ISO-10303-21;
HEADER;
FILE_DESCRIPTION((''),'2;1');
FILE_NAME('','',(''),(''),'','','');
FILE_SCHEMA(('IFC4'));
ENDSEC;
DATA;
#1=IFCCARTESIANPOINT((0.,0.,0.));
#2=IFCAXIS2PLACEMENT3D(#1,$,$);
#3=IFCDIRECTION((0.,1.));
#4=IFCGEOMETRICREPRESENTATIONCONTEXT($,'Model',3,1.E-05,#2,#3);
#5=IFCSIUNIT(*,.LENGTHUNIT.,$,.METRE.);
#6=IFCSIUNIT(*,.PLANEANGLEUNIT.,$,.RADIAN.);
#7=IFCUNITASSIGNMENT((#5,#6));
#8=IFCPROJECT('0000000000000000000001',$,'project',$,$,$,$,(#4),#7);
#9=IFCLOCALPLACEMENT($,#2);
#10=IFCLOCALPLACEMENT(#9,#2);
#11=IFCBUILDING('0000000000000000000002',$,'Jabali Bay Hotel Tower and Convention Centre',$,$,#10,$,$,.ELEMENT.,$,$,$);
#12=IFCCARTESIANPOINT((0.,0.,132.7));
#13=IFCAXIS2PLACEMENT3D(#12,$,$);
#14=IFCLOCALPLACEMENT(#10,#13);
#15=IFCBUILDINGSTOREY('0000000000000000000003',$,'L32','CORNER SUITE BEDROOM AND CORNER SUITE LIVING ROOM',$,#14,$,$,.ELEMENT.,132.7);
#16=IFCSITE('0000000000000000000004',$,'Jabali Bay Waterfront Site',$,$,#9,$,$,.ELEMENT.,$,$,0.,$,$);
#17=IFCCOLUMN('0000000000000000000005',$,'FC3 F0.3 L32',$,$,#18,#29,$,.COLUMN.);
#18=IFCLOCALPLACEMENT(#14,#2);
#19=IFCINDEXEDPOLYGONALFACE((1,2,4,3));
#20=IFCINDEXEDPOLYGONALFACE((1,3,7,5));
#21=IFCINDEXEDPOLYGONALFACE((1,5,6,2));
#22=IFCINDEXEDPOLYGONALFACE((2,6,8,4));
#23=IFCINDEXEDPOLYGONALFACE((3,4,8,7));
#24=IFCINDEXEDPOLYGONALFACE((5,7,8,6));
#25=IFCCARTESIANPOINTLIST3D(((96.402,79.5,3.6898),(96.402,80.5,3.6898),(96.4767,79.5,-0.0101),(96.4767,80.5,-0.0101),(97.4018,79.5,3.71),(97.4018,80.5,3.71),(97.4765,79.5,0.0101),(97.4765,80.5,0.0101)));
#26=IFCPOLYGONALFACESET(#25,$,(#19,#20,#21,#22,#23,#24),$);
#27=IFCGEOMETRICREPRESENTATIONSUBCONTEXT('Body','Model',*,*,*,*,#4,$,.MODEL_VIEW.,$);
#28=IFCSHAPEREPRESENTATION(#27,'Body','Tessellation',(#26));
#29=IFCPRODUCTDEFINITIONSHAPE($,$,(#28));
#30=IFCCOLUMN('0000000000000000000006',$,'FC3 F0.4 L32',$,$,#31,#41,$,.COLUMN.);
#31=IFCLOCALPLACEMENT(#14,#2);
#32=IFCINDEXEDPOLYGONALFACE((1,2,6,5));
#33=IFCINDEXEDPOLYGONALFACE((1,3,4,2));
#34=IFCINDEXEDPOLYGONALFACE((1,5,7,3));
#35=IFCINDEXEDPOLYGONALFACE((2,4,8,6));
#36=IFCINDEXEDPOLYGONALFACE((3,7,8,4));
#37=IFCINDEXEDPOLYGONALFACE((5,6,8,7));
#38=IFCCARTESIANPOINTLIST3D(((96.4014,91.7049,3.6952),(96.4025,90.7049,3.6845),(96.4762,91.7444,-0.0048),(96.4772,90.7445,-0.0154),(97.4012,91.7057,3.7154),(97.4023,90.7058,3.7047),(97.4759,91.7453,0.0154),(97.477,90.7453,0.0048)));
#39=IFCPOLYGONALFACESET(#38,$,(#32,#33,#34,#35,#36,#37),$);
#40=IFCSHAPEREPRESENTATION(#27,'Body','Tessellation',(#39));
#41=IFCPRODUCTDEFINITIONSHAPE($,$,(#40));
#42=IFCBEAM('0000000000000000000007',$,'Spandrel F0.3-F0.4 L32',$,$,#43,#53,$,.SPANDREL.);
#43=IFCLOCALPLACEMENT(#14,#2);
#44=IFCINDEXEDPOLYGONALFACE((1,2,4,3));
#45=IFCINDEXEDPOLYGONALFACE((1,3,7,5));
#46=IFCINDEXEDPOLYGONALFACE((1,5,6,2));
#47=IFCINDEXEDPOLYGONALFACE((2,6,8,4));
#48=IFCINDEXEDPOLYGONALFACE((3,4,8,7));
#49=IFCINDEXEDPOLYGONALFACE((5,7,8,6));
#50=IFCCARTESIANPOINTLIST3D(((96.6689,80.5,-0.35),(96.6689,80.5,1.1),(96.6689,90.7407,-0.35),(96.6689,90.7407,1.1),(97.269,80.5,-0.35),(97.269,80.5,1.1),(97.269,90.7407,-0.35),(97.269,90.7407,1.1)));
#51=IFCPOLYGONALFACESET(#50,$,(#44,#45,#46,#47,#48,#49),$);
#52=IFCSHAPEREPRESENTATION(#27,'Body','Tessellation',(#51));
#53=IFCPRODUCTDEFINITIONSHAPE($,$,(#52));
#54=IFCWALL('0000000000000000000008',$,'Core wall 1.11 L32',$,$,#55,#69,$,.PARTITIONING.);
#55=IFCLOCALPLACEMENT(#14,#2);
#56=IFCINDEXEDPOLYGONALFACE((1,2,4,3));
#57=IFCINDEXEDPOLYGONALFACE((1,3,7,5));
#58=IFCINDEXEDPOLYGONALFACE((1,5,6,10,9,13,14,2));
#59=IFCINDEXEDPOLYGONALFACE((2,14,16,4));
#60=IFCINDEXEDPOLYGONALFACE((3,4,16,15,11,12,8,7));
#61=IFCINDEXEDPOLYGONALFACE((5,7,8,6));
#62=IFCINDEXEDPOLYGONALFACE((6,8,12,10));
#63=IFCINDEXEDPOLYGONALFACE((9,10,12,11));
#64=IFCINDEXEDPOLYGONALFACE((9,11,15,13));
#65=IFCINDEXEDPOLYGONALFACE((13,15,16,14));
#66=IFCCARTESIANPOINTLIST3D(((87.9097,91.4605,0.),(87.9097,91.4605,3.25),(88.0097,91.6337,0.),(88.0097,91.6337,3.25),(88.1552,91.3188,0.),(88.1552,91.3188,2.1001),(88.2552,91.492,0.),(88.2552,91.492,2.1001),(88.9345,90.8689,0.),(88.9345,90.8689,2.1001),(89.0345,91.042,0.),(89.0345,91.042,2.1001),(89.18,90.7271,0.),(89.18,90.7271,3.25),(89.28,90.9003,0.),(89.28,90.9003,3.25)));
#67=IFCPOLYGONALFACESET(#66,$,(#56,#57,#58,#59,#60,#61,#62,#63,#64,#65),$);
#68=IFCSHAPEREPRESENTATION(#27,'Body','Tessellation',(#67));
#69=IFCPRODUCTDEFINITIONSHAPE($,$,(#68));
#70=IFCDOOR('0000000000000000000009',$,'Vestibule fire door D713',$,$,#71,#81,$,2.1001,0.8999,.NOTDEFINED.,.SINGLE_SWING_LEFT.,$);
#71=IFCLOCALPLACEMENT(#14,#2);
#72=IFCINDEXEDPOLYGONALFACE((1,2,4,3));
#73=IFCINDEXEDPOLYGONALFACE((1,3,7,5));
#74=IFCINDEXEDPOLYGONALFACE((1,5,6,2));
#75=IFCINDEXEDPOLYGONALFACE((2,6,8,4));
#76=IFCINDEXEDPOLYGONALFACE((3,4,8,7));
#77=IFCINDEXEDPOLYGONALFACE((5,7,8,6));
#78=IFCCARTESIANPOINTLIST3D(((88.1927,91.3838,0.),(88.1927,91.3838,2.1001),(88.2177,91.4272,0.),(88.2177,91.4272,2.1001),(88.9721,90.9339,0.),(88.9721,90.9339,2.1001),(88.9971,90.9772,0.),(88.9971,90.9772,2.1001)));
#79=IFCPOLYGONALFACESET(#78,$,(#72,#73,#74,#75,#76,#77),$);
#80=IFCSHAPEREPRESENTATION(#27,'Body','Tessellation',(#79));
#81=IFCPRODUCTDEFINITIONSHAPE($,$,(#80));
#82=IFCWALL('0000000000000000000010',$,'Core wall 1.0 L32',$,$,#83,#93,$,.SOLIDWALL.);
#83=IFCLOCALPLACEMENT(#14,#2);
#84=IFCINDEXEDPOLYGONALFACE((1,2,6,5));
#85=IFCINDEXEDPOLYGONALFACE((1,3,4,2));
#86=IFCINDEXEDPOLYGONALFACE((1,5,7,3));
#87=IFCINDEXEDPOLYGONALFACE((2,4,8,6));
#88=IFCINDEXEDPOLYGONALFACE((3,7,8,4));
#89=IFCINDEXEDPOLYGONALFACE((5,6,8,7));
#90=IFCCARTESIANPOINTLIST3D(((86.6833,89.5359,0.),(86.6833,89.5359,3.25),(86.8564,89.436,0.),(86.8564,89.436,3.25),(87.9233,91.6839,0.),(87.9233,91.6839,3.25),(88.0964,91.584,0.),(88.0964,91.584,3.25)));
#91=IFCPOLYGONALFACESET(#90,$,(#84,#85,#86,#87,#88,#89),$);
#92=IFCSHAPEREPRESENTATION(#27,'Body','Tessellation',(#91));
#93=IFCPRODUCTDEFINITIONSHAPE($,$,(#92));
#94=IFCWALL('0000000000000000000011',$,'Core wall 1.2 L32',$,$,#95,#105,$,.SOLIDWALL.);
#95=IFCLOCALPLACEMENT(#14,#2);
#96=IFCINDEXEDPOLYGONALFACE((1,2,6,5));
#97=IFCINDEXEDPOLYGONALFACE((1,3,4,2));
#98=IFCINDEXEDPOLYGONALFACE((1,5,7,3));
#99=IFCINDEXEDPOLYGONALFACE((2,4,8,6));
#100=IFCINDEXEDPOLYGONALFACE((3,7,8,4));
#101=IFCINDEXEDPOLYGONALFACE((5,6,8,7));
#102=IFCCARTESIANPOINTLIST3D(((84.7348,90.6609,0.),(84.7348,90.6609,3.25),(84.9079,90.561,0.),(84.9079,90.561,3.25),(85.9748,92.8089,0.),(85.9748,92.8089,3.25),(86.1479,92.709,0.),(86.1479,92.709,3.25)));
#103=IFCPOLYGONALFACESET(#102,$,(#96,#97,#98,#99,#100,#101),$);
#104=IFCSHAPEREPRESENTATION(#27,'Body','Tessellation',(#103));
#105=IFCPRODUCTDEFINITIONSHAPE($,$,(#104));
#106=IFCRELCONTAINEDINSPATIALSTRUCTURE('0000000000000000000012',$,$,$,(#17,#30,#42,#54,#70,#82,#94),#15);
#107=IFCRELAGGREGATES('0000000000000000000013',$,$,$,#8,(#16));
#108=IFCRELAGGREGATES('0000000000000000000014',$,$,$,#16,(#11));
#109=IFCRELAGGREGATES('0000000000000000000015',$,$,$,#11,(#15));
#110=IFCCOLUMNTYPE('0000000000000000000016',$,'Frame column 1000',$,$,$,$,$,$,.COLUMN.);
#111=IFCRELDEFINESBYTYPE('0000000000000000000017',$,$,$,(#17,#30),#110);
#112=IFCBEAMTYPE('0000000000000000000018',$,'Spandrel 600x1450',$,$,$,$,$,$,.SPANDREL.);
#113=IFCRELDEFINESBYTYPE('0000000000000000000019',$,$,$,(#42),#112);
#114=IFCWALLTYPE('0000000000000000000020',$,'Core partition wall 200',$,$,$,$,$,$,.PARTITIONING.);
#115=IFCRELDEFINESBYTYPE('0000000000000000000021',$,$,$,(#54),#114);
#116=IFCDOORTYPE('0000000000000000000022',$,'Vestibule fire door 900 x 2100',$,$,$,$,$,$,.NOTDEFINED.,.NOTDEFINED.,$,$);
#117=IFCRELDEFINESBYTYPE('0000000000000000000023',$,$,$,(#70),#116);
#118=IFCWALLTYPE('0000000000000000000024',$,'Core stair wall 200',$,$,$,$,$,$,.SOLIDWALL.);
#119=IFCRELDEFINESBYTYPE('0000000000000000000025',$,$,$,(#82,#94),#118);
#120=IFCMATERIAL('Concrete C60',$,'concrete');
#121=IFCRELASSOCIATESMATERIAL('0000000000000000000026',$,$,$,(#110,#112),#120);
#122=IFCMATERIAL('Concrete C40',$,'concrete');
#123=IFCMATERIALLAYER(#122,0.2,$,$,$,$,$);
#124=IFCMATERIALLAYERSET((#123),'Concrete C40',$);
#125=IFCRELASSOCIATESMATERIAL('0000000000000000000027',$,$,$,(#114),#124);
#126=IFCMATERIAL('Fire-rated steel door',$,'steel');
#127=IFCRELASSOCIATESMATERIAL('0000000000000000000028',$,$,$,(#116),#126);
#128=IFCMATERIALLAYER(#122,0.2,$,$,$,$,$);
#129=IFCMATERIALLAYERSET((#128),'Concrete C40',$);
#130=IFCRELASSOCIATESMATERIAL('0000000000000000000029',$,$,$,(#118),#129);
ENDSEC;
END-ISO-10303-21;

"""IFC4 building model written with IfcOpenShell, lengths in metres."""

from ifc_helpers import new_model, si_unit, direction, frame, frame_2d, origin, origin_2d, place, context, subcontext, project, spatial, rectangle, extrude, material, layer, layer_set, material_profile, profile_set, type_object, element, fill, save


model = new_model("IFC4")

# Units and contexts
model_context = context("Model", 3, precision=1e-05, world=origin(), true_north=direction((0.0, 1.0)))
body_context = subcontext(model_context, "Body", "Model", "MODEL_VIEW")
ifc_project = project(units=[si_unit("LENGTHUNIT", "METRE"), si_unit("PLANEANGLEUNIT", "RADIAN")], contexts=[model_context])

# Site, building, storey
site_placement = place(None, origin())
site = spatial("IfcSite", under=ifc_project, at=site_placement, Name="Jabali Bay Waterfront Site", CompositionType="ELEMENT", RefElevation=0.0)
building_placement = place(site_placement, origin())
building = spatial("IfcBuilding", under=site, at=building_placement, Name="Jabali Bay Hotel Tower and Convention Centre", CompositionType="ELEMENT")
storey_placement = place(building_placement, frame((0.0, 0.0, 132.7)))
storey = spatial("IfcBuildingStorey", under=building, at=storey_placement, Name="L32", Description="CORNER SUITE BEDROOM AND CORNER SUITE LIVING ROOM", CompositionType="ELEMENT", Elevation=132.7)

# Columns
ifc_material_1 = material(Name="Concrete C60", Category="concrete")
ifc_material_profile_1 = material_profile(ifc_material_1, rectangle(XDim=1.0, YDim=1.0, at=origin_2d()), Name="Frame column 1000")
ifc_profile_set_1 = profile_set([ifc_material_profile_1], Name="Concrete C60")
column_type = type_object("IfcColumnType", Name="Frame column 1000", PredefinedType="COLUMN", material=ifc_profile_set_1)
column_1_placement = place(storey_placement, frame((96.9766, 80.0, 0.0), z_axis=(-0.020187, 0.0, 0.999796), x_axis=(0.0, -1.0, 0.0)))
element("IfcColumn", 1, at=column_1_placement, inside=storey, type_object=column_type, Name="FC3 F0.3 L32", PredefinedType="COLUMN", context=body_context, shape_type="SweptSolid", body=[
    extrude(rectangle(XDim=1.0, YDim=1.0, at=origin_2d()), origin(), (0.0, 0.0, 1.0), 3.7007),
])
column_2_placement = place(storey_placement, frame((96.9766, 91.2449, 0.0), z_axis=(-0.020186, -0.010687, 0.999739), x_axis=(0.999796, 0.000813, 0.020196)))
element("IfcColumn", 2, at=column_2_placement, inside=storey, type_object=column_type, Name="FC3 F0.4 L32", PredefinedType="COLUMN", context=body_context, shape_type="SweptSolid", body=[
    extrude(rectangle(XDim=1.0, YDim=1.0, at=origin_2d()), origin(), (0.0, 0.0, 1.0), 3.7009),
])

# Beam
ifc_material_profile_2 = material_profile(ifc_material_1, rectangle(XDim=0.6001, YDim=1.45, at=origin_2d()), Name="Spandrel 600x1450")
ifc_profile_set_2 = profile_set([ifc_material_profile_2], Name="Concrete C60")
beam_type = type_object("IfcBeamType", Name="Spandrel 600x1450", PredefinedType="SPANDREL", material=ifc_profile_set_2)
beam_placement = place(storey_placement, frame((96.969, 80.5, 0.375), z_axis=(0.0, 1.0, 0.0), x_axis=(-1.0, 0.0, 0.0)))
element("IfcBeam", 3, at=beam_placement, inside=storey, type_object=beam_type, Name="Spandrel F0.3-F0.4 L32", PredefinedType="SPANDREL", context=body_context, shape_type="SweptSolid", body=[
    extrude(rectangle(XDim=0.6001, YDim=1.45, at=origin_2d()), origin(), (0.0, 0.0, 1.0), 10.2407),
])

# Wall, opening, door
ifc_material_2 = material(Name="Concrete C40", Category="concrete")
ifc_layer_1 = layer(ifc_material_2, 0.2)
ifc_layer_set_1 = layer_set([ifc_layer_1], Name="Concrete C40")
wall_type_1 = type_object("IfcWallType", Name="Core partition wall 200", PredefinedType="PARTITIONING", material=ifc_layer_set_1)
wall_1_placement = place(storey_placement, frame((89.23, 90.8137, 0.0), z_axis=(0.0, 0.0, 1.0), x_axis=(-0.866022, 0.500006, 0.0)))
wall_1 = element("IfcWall", 4, at=wall_1_placement, inside=storey, type_object=wall_type_1, Name="Core wall 1.11 L32", PredefinedType="PARTITIONING", context=body_context, shape_type="SweptSolid", body=[
    extrude(rectangle(XDim=1.4668, YDim=0.2, at=frame_2d((0.7334, 0.0))), origin(), (0.0, 0.0, 1.0), 3.25),
])
opening_1_placement = place(wall_1_placement, frame((0.2834, 0.0, 0.0)))
opening_1 = element("IfcOpeningElement", 5, at=opening_1_placement, cuts=wall_1, PredefinedType="OPENING", context=body_context, shape_type="SweptSolid", body=[
    extrude(rectangle(XDim=0.8999, YDim=2.1001, at=frame_2d((0.45, 1.05))), frame((0.0, 0.1104, 0.0), z_axis=(0.0, -1.0, 0.0), x_axis=(1.0, 0.0, 0.0)), (0.0, 0.0, 1.0), 0.2209),
])
ifc_material_3 = material(Name="Fire-rated steel door", Category="steel")
door_type_1 = type_object("IfcDoorType", Name="Vestibule fire door 900 x 2100", OperationType="NOTDEFINED", PredefinedType="NOTDEFINED", material=ifc_material_3)
door_1_placement = place(opening_1_placement, origin())
door_1 = element("IfcDoor", 6, at=door_1_placement, inside=storey, type_object=door_type_1, Name="Vestibule fire door D713", OperationType="SINGLE_SWING_LEFT", OverallHeight=2.1001, OverallWidth=0.8999, PredefinedType="NOTDEFINED", context=body_context, shape_type="SweptSolid", body=[
    extrude(rectangle(XDim=0.8999, YDim=2.1001, at=frame_2d((0.45, 1.05))), frame((0.0, 0.0249, 0.0), z_axis=(0.0, -1.0, 0.0), x_axis=(1.0, 0.0, 0.0)), (0.0, 0.0, 1.0), 0.05),
])
fill(opening_1, door_1)

# Walls
ifc_layer_2 = layer(ifc_material_2, 0.2)
ifc_layer_set_2 = layer_set([ifc_layer_2], Name="Concrete C40")
wall_type_2 = type_object("IfcWallType", Name="Core stair wall 200", PredefinedType="SOLIDWALL", material=ifc_layer_set_2)
for number, where, z_axis, x_axis, name in (
    (7, (86.7698, 89.4858, 0.0), (0.0, 0.0, 1.0), (0.499961, 0.866048, 0.0), "Core wall 1.0 L32"),
    (8, (84.8213, 90.6108, 0.0), (0.0, 0.0, 1.0), (0.499961, 0.866048, 0.0), "Core wall 1.2 L32"),
):
    element("IfcWall", number, at=place(storey_placement, frame(where, z_axis=z_axis, x_axis=x_axis)), inside=storey, type_object=wall_type_2, Name=name, PredefinedType="SOLIDWALL", context=body_context, shape_type="SweptSolid", body=[
        extrude(rectangle(XDim=2.4802, YDim=0.2, at=frame_2d((1.2402, 0.0))), origin(), (0.0, 0.0, 1.0), 3.25),
    ])

save(model, "model.ifc")
